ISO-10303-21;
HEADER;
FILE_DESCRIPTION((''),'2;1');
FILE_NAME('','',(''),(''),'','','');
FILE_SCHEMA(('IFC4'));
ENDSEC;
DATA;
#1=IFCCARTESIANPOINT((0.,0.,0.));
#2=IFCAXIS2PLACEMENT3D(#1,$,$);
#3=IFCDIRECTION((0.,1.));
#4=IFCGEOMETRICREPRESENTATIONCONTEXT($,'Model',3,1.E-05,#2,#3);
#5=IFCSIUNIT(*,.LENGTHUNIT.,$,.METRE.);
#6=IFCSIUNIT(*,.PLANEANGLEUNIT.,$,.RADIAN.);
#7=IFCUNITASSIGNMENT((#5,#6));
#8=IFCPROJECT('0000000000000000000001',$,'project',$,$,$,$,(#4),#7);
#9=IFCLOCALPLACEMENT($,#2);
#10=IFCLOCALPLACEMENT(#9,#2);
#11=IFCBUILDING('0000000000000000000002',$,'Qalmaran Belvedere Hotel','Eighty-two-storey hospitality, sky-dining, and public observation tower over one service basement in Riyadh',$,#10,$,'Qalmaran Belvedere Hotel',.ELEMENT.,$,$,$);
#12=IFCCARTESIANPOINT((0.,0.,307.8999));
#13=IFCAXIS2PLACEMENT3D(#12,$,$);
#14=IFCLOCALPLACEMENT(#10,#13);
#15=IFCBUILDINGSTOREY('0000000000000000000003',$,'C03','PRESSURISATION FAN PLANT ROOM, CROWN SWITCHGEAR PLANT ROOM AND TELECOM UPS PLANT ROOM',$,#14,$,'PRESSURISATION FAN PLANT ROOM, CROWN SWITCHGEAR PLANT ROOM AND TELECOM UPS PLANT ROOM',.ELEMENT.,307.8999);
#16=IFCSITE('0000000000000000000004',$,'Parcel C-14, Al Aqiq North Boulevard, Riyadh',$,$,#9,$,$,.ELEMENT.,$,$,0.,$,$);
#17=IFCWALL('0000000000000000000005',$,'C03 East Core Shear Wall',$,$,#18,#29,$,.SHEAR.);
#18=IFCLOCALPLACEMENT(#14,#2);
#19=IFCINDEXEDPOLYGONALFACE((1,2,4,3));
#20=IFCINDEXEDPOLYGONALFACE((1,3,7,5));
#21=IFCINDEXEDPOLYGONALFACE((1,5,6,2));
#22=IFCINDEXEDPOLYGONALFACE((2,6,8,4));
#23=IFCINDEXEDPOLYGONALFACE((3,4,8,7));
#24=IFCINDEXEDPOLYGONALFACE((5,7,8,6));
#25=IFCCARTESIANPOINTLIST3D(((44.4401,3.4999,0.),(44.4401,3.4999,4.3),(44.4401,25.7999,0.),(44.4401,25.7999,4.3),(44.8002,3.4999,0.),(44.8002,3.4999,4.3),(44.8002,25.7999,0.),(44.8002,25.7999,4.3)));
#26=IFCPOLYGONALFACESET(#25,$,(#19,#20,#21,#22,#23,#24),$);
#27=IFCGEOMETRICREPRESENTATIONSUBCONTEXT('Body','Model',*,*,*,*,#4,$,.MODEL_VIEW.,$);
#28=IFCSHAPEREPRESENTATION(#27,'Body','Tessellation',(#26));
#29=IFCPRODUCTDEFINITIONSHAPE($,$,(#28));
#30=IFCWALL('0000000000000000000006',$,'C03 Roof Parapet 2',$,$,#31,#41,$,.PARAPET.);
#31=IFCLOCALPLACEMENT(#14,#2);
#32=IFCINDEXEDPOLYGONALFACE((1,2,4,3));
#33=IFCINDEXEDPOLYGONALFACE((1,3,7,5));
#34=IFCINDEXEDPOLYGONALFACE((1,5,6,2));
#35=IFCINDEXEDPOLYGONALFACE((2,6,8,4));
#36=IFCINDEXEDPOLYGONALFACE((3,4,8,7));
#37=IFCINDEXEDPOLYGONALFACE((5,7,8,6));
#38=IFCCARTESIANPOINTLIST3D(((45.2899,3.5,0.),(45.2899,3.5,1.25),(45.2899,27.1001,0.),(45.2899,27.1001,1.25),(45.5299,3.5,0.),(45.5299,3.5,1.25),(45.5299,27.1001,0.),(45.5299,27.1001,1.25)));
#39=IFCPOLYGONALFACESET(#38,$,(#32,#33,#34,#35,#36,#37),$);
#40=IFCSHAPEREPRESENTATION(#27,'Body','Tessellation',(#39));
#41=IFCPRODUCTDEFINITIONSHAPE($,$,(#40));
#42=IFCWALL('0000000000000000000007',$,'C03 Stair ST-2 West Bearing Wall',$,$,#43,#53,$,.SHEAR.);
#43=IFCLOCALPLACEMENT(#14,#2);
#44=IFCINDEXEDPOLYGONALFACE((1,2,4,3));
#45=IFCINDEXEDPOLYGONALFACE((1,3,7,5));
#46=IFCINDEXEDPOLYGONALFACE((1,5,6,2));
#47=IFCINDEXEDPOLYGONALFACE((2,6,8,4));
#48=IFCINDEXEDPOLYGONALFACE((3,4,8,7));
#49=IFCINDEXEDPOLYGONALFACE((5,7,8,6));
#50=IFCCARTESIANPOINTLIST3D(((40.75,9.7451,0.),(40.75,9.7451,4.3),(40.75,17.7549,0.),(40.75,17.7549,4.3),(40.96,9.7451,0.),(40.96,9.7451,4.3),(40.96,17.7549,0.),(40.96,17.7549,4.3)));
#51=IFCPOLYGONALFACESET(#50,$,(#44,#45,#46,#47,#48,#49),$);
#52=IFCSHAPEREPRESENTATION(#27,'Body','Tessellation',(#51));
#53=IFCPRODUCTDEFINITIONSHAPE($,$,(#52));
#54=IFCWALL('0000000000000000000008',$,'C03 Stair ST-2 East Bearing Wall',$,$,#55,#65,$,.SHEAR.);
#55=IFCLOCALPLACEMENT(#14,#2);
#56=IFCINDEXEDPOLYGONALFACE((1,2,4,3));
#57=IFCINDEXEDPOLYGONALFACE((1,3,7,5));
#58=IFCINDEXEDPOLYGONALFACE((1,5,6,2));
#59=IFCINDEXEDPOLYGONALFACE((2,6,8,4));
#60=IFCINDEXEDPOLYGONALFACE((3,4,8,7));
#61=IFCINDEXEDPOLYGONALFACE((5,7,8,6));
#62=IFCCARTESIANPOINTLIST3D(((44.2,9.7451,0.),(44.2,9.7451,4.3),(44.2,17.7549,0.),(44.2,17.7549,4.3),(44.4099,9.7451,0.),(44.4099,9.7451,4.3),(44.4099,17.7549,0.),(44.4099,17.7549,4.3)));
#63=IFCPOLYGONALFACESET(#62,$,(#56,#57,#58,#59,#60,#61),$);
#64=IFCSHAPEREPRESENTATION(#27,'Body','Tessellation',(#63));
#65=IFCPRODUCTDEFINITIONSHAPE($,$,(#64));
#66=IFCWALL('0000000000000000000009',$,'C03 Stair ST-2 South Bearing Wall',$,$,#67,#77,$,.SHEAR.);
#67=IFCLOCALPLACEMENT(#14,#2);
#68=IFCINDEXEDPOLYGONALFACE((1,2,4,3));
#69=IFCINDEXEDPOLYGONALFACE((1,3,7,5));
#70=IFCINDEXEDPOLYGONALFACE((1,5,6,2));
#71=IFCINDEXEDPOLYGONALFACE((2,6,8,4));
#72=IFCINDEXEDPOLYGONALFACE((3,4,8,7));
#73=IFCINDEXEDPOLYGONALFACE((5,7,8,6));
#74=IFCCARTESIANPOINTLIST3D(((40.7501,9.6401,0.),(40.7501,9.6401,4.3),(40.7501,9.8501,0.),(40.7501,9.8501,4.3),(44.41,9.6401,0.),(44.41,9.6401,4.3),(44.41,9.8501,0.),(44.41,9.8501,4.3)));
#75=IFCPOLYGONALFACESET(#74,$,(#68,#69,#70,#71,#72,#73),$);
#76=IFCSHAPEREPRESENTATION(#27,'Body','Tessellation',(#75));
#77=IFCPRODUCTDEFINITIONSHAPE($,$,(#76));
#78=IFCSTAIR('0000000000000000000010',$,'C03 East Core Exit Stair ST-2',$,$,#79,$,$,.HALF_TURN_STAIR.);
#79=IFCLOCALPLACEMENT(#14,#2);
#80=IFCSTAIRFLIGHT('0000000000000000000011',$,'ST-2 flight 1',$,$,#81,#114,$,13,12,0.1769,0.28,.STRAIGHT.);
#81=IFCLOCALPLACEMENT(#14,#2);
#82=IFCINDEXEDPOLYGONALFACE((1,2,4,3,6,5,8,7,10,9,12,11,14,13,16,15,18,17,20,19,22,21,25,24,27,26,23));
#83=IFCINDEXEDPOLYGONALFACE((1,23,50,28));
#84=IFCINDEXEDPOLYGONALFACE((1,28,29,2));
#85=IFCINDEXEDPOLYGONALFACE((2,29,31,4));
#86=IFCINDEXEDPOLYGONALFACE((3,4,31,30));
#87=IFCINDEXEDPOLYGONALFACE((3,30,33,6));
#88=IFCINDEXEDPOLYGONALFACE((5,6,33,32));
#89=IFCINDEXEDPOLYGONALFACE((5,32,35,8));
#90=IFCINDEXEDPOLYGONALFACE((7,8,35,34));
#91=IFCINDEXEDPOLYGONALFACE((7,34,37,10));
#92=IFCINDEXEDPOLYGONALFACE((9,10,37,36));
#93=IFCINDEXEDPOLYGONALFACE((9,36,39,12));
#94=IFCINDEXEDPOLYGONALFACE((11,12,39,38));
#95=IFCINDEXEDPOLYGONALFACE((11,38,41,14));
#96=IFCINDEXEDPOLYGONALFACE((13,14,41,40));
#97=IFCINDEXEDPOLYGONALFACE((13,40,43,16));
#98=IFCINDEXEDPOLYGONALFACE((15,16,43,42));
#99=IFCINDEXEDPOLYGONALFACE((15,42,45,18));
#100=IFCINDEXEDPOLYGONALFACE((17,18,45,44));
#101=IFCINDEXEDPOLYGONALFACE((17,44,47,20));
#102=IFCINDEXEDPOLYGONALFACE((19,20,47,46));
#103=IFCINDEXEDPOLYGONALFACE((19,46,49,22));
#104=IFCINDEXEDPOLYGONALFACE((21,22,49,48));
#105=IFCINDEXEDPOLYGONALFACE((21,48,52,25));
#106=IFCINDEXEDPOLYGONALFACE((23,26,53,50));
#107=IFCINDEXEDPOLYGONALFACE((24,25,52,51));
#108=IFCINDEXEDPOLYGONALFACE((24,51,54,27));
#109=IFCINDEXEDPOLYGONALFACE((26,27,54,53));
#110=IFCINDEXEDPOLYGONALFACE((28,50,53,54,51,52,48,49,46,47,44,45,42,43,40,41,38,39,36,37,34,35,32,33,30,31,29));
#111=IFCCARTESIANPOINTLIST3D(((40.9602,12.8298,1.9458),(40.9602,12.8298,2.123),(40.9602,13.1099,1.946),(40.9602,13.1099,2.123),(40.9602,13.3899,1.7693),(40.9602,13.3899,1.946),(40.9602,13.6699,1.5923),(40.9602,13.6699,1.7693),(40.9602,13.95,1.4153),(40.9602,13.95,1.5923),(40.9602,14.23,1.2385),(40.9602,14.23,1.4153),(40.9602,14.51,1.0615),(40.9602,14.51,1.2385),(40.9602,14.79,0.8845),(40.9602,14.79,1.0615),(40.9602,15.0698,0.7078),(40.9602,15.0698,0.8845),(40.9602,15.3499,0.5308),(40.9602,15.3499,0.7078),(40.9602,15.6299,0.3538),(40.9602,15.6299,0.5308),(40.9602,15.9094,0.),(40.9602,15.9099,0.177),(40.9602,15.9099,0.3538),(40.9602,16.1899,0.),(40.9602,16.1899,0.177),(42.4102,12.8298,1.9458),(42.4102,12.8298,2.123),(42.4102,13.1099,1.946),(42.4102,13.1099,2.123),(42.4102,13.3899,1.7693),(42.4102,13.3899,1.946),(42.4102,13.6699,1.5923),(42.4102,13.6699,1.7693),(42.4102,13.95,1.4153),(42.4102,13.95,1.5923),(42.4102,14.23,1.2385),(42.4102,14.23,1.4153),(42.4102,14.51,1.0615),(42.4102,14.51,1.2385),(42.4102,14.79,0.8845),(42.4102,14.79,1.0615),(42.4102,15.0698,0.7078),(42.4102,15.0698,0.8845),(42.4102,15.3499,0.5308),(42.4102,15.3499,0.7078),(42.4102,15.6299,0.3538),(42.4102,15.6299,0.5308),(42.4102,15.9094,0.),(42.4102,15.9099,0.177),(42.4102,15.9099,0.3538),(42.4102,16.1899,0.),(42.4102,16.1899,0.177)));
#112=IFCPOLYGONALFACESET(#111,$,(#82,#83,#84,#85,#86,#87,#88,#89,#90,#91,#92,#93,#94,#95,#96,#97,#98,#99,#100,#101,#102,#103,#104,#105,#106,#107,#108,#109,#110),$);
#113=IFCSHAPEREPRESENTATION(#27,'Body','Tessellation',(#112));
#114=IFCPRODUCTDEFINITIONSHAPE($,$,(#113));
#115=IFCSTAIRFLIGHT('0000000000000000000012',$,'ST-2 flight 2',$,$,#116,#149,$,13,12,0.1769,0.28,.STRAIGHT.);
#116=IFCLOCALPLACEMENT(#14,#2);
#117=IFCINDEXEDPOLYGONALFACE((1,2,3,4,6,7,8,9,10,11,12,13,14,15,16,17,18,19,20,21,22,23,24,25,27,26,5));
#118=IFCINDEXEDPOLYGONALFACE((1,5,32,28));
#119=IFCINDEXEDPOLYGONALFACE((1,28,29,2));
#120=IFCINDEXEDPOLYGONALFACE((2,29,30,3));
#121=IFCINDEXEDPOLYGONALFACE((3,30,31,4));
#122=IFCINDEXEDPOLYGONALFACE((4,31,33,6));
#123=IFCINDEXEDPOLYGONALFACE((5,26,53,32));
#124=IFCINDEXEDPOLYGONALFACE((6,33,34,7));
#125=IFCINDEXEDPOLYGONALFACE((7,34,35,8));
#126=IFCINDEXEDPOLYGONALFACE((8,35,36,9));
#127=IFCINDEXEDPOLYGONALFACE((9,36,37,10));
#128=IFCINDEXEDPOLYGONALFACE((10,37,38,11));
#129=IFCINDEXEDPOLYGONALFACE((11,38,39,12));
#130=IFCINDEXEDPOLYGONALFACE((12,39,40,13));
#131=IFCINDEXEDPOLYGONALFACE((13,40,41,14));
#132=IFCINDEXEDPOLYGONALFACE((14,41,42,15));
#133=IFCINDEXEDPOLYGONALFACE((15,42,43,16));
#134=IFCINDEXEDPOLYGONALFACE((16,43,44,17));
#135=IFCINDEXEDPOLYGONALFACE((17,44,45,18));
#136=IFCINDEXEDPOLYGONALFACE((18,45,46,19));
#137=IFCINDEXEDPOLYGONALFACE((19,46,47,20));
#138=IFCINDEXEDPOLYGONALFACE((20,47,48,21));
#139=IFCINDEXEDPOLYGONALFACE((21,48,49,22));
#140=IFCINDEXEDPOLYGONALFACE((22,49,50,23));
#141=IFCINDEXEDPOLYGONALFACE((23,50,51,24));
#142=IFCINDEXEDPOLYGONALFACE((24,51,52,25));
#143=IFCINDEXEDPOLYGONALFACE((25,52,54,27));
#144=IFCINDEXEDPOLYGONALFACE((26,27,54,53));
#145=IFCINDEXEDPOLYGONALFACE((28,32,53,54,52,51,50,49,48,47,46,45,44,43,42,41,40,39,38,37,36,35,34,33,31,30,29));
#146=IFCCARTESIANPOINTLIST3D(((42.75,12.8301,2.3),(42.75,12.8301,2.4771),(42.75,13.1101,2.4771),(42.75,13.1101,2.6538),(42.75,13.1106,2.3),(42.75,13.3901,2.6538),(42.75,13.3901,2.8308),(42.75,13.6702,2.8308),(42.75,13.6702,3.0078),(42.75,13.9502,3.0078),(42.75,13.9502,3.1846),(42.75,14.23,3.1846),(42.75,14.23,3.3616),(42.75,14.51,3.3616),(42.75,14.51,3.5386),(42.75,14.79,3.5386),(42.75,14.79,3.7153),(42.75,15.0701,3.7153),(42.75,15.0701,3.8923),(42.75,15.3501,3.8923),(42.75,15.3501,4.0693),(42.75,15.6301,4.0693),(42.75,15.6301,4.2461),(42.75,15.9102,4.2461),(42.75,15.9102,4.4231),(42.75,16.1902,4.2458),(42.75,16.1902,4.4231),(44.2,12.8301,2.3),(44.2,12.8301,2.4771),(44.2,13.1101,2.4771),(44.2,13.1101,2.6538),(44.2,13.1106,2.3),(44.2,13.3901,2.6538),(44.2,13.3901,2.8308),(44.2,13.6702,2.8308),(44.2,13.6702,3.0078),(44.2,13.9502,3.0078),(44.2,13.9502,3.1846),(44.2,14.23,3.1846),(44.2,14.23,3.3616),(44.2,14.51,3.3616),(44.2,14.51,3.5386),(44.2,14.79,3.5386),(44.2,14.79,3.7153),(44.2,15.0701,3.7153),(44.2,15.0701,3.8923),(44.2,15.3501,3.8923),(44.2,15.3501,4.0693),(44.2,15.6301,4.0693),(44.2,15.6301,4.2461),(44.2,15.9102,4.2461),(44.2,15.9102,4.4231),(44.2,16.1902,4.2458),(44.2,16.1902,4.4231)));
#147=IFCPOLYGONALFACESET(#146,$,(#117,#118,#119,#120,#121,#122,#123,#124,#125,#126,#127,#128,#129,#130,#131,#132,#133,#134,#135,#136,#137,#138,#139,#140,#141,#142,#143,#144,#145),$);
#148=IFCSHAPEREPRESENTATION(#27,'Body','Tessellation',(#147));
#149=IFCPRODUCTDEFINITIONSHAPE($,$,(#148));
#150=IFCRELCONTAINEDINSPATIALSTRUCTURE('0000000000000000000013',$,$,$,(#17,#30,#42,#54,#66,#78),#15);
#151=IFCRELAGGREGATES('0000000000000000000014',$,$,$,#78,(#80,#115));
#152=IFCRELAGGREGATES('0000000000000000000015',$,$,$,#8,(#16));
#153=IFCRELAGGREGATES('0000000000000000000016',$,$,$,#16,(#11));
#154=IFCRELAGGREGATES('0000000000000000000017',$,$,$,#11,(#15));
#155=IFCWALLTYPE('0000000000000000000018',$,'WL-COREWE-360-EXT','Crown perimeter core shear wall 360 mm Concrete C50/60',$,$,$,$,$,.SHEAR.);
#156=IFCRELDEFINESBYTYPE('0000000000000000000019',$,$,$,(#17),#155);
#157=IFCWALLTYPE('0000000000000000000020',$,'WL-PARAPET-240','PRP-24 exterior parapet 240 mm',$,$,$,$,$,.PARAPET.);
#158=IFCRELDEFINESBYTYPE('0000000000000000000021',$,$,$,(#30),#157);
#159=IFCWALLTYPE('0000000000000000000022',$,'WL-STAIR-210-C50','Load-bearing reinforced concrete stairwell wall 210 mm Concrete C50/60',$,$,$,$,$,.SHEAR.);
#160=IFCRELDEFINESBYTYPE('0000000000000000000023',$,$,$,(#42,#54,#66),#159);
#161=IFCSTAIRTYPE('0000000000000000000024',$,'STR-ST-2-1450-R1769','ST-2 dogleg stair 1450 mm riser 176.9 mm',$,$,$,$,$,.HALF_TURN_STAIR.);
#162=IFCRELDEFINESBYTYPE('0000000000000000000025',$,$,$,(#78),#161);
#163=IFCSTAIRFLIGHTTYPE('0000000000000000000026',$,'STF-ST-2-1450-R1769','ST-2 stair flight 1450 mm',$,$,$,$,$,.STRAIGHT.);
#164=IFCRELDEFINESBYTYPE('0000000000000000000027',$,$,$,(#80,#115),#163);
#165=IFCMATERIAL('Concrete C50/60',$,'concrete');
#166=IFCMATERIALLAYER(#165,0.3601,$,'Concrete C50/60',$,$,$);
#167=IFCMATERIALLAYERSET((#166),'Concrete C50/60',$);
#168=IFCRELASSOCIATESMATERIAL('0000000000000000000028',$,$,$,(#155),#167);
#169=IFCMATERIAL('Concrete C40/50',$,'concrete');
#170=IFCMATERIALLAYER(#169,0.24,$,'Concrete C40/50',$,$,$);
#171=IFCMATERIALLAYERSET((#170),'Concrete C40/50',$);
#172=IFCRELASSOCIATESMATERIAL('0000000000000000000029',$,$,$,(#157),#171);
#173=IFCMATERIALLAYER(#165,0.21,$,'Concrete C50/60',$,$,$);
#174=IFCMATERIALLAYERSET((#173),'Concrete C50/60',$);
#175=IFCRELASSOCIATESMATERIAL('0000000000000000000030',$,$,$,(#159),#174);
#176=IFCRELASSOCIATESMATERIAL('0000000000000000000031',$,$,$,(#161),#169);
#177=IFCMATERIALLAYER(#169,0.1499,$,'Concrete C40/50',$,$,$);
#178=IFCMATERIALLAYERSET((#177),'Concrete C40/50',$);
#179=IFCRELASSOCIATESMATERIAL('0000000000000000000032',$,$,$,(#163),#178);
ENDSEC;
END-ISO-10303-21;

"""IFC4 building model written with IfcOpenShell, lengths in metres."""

from ifc_helpers import new_model, si_unit, direction, frame, frame_2d, origin, place, context, subcontext, project, spatial, polyline, rectangle, outline, extrude, material, layer, layer_set, type_object, element, aggregate, save


model = new_model("IFC4")

# Units and contexts
model_context = context("Model", 3, precision=1e-05, world=origin(), true_north=direction((0.0, 1.0)))
body_context = subcontext(model_context, "Body", "Model", "MODEL_VIEW")
ifc_project = project(units=[si_unit("LENGTHUNIT", "METRE"), si_unit("PLANEANGLEUNIT", "RADIAN")], contexts=[model_context])

# Site, building, storey
site_placement = place(None, origin())
site = spatial("IfcSite", under=ifc_project, at=site_placement, Name="Parcel C-14, Al Aqiq North Boulevard, Riyadh", CompositionType="ELEMENT", RefElevation=0.0)
building_placement = place(site_placement, origin())
building = spatial("IfcBuilding", under=site, at=building_placement, Name="Qalmaran Belvedere Hotel", Description="Eighty-two-storey hospitality, sky-dining, and public observation tower over one service basement in Riyadh", LongName="Qalmaran Belvedere Hotel", CompositionType="ELEMENT")
storey_placement = place(building_placement, frame((0.0, 0.0, 307.8999)))
storey = spatial("IfcBuildingStorey", under=building, at=storey_placement, Name="C03", Description="PRESSURISATION FAN PLANT ROOM, CROWN SWITCHGEAR PLANT ROOM AND TELECOM UPS PLANT ROOM", LongName="PRESSURISATION FAN PLANT ROOM, CROWN SWITCHGEAR PLANT ROOM AND TELECOM UPS PLANT ROOM", CompositionType="ELEMENT", Elevation=307.8999)

# Walls
ifc_material_1 = material(Name="Concrete C50/60", Category="concrete")
ifc_layer_1 = layer(ifc_material_1, 0.3601, Name="Concrete C50/60")
ifc_layer_set_1 = layer_set([ifc_layer_1], Name="Concrete C50/60")
wall_type_1 = type_object("IfcWallType", Name="WL-COREWE-360-EXT", Description="Crown perimeter core shear wall 360 mm Concrete C50/60", PredefinedType="SHEAR", material=ifc_layer_set_1)
wall_1_placement = place(storey_placement, frame((44.6201, 3.5, 0.0), z_axis=(0.0, 0.0, 1.0), x_axis=(0.0, 1.0, 0.0)))
element("IfcWall", 1, at=wall_1_placement, inside=storey, type_object=wall_type_1, Name="C03 East Core Shear Wall", PredefinedType="SHEAR", context=body_context, shape_type="SweptSolid", body=[
    extrude(rectangle(XDim=22.3, YDim=0.3601, at=frame_2d((11.1499, 0.0))), origin(), (0.0, 0.0, 1.0), 4.3),
])
ifc_material_2 = material(Name="Concrete C40/50", Category="concrete")
ifc_layer_2 = layer(ifc_material_2, 0.24, Name="Concrete C40/50")
ifc_layer_set_2 = layer_set([ifc_layer_2], Name="Concrete C40/50")
wall_type_2 = type_object("IfcWallType", Name="WL-PARAPET-240", Description="PRP-24 exterior parapet 240 mm", PredefinedType="PARAPET", material=ifc_layer_set_2)
wall_2_placement = place(storey_placement, frame((45.4099, 3.5, 0.0), z_axis=(0.0, 0.0, 1.0), x_axis=(0.0, 1.0, 0.0)))
element("IfcWall", 2, at=wall_2_placement, inside=storey, type_object=wall_type_2, Name="C03 Roof Parapet 2", PredefinedType="PARAPET", context=body_context, shape_type="SweptSolid", body=[
    extrude(rectangle(XDim=23.6001, YDim=0.24, at=frame_2d((11.8, 0.0))), origin(), (0.0, 0.0, 1.0), 1.25),
])
ifc_layer_3 = layer(ifc_material_1, 0.21, Name="Concrete C50/60")
ifc_layer_set_3 = layer_set([ifc_layer_3], Name="Concrete C50/60")
wall_type_3 = type_object("IfcWallType", Name="WL-STAIR-210-C50", Description="Load-bearing reinforced concrete stairwell wall 210 mm Concrete C50/60", PredefinedType="SHEAR", material=ifc_layer_set_3)
for number, where, z_axis, x_axis, name in (
    (3, (40.855, 9.7451, 0.0), (0.0, 0.0, 1.0), (0.0, 1.0, 0.0), "C03 Stair ST-2 West Bearing Wall"),
    (4, (44.3049, 9.7451, 0.0), (0.0, 0.0, 1.0), (0.0, 1.0, 0.0), "C03 Stair ST-2 East Bearing Wall"),
):
    element("IfcWall", number, at=place(storey_placement, frame(where, z_axis=z_axis, x_axis=x_axis)), inside=storey, type_object=wall_type_3, Name=name, PredefinedType="SHEAR", context=body_context, shape_type="SweptSolid", body=[
        extrude(rectangle(XDim=8.0098, YDim=0.21, at=frame_2d((4.0049, 0.0))), origin(), (0.0, 0.0, 1.0), 4.3),
    ])
wall_3_placement = place(storey_placement, frame((40.75, 9.7451, 0.0), z_axis=(0.0, 0.0, 1.0), x_axis=(1.0, 0.0, 0.0)))
element("IfcWall", 5, at=wall_3_placement, inside=storey, type_object=wall_type_3, Name="C03 Stair ST-2 South Bearing Wall", PredefinedType="SHEAR", context=body_context, shape_type="SweptSolid", body=[
    extrude(rectangle(XDim=3.6599, YDim=0.21, at=frame_2d((1.8301, 0.0))), origin(), (0.0, 0.0, 1.0), 4.3),
])

# Stair, stair flights
stair_type = type_object("IfcStairType", Name="STR-ST-2-1450-R1769", Description="ST-2 dogleg stair 1450 mm riser 176.9 mm", PredefinedType="HALF_TURN_STAIR", material=ifc_material_2)
stair_placement = place(storey_placement, origin())
stair = element("IfcStair", 6, at=stair_placement, inside=storey, type_object=stair_type, Name="C03 East Core Exit Stair ST-2", PredefinedType="HALF_TURN_STAIR")
ifc_layer_4 = layer(ifc_material_2, 0.1499, Name="Concrete C40/50")
ifc_layer_set_4 = layer_set([ifc_layer_4], Name="Concrete C40/50")
stair_flight_type = type_object("IfcStairFlightType", Name="STF-ST-2-1450-R1769", Description="ST-2 stair flight 1450 mm", PredefinedType="STRAIGHT", material=ifc_layer_set_4)
stair_flight_1_placement = place(storey_placement, frame((41.6851, 16.1899, 0.0), z_axis=(0.0, 0.0, 1.0), x_axis=(0.0, -1.0, 0.0)))
stair_flight_1 = element("IfcStairFlight", 7, at=stair_flight_1_placement, type_object=stair_flight_type, Name="ST-2 flight 1", NumberOfRisers=13, NumberOfTreads=12, PredefinedType="STRAIGHT", RiserHeight=0.1769, TreadLength=0.28, context=body_context, shape_type="SweptSolid", body=[
    extrude(outline(polyline([(0.0, 0.0), (0.0, 0.177), (0.28, 0.177), (0.28, 0.3538), (0.5601, 0.3538), (0.5601, 0.5308), (0.8401, 0.5308), (0.8401, 0.7078), (1.1201, 0.7078), (1.1201, 0.8845), (1.3999, 0.8845), (1.3999, 1.0615), (1.6799, 1.0615), (1.6799, 1.2385), (1.96, 1.2385), (1.96, 1.4153), (2.24, 1.4153), (2.24, 1.5923), (2.52, 1.5923), (2.52, 1.7693), (2.8, 1.7693), (2.8, 1.946), (3.0801, 1.946), (3.0801, 2.123), (3.3601, 2.123), (3.3601, 2.3), (3.3601, 1.9458), (0.2805, 0.0), (0.0, 0.0)])), frame((0.0, 0.7251, 0.0), z_axis=(0.0, -1.0, 0.0), x_axis=(1.0, 0.0, 0.0)), (0.0, 0.0, 1.0), 1.45),
])
stair_flight_2_placement = place(storey_placement, frame((43.4751, 12.8301, 2.3), z_axis=(0.0, 0.0, 1.0), x_axis=(0.0, 1.0, 0.0)))
stair_flight_2 = element("IfcStairFlight", 8, at=stair_flight_2_placement, type_object=stair_flight_type, Name="ST-2 flight 2", NumberOfRisers=13, NumberOfTreads=12, PredefinedType="STRAIGHT", RiserHeight=0.1769, TreadLength=0.28, context=body_context, shape_type="SweptSolid", body=[
    extrude(outline(polyline([(0.0, 0.0), (0.0, 0.177), (0.28, 0.177), (0.28, 0.3538), (0.5601, 0.3538), (0.5601, 0.5308), (0.8401, 0.5308), (0.8401, 0.7078), (1.1201, 0.7078), (1.1201, 0.8845), (1.3999, 0.8845), (1.3999, 1.0615), (1.6799, 1.0615), (1.6799, 1.2385), (1.96, 1.2385), (1.96, 1.4153), (2.24, 1.4153), (2.24, 1.5923), (2.52, 1.5923), (2.52, 1.7693), (2.8, 1.7693), (2.8, 1.946), (3.0801, 1.946), (3.0801, 2.123), (3.3601, 2.123), (3.3601, 2.3), (3.3601, 1.9458), (0.2805, 0.0), (0.0, 0.0)])), frame((0.0, 0.7251, 0.0), z_axis=(0.0, -1.0, 0.0), x_axis=(1.0, 0.0, 0.0)), (0.0, 0.0, 1.0), 1.45),
])
aggregate(stair, [stair_flight_1, stair_flight_2])

save(model, "model.ifc")
